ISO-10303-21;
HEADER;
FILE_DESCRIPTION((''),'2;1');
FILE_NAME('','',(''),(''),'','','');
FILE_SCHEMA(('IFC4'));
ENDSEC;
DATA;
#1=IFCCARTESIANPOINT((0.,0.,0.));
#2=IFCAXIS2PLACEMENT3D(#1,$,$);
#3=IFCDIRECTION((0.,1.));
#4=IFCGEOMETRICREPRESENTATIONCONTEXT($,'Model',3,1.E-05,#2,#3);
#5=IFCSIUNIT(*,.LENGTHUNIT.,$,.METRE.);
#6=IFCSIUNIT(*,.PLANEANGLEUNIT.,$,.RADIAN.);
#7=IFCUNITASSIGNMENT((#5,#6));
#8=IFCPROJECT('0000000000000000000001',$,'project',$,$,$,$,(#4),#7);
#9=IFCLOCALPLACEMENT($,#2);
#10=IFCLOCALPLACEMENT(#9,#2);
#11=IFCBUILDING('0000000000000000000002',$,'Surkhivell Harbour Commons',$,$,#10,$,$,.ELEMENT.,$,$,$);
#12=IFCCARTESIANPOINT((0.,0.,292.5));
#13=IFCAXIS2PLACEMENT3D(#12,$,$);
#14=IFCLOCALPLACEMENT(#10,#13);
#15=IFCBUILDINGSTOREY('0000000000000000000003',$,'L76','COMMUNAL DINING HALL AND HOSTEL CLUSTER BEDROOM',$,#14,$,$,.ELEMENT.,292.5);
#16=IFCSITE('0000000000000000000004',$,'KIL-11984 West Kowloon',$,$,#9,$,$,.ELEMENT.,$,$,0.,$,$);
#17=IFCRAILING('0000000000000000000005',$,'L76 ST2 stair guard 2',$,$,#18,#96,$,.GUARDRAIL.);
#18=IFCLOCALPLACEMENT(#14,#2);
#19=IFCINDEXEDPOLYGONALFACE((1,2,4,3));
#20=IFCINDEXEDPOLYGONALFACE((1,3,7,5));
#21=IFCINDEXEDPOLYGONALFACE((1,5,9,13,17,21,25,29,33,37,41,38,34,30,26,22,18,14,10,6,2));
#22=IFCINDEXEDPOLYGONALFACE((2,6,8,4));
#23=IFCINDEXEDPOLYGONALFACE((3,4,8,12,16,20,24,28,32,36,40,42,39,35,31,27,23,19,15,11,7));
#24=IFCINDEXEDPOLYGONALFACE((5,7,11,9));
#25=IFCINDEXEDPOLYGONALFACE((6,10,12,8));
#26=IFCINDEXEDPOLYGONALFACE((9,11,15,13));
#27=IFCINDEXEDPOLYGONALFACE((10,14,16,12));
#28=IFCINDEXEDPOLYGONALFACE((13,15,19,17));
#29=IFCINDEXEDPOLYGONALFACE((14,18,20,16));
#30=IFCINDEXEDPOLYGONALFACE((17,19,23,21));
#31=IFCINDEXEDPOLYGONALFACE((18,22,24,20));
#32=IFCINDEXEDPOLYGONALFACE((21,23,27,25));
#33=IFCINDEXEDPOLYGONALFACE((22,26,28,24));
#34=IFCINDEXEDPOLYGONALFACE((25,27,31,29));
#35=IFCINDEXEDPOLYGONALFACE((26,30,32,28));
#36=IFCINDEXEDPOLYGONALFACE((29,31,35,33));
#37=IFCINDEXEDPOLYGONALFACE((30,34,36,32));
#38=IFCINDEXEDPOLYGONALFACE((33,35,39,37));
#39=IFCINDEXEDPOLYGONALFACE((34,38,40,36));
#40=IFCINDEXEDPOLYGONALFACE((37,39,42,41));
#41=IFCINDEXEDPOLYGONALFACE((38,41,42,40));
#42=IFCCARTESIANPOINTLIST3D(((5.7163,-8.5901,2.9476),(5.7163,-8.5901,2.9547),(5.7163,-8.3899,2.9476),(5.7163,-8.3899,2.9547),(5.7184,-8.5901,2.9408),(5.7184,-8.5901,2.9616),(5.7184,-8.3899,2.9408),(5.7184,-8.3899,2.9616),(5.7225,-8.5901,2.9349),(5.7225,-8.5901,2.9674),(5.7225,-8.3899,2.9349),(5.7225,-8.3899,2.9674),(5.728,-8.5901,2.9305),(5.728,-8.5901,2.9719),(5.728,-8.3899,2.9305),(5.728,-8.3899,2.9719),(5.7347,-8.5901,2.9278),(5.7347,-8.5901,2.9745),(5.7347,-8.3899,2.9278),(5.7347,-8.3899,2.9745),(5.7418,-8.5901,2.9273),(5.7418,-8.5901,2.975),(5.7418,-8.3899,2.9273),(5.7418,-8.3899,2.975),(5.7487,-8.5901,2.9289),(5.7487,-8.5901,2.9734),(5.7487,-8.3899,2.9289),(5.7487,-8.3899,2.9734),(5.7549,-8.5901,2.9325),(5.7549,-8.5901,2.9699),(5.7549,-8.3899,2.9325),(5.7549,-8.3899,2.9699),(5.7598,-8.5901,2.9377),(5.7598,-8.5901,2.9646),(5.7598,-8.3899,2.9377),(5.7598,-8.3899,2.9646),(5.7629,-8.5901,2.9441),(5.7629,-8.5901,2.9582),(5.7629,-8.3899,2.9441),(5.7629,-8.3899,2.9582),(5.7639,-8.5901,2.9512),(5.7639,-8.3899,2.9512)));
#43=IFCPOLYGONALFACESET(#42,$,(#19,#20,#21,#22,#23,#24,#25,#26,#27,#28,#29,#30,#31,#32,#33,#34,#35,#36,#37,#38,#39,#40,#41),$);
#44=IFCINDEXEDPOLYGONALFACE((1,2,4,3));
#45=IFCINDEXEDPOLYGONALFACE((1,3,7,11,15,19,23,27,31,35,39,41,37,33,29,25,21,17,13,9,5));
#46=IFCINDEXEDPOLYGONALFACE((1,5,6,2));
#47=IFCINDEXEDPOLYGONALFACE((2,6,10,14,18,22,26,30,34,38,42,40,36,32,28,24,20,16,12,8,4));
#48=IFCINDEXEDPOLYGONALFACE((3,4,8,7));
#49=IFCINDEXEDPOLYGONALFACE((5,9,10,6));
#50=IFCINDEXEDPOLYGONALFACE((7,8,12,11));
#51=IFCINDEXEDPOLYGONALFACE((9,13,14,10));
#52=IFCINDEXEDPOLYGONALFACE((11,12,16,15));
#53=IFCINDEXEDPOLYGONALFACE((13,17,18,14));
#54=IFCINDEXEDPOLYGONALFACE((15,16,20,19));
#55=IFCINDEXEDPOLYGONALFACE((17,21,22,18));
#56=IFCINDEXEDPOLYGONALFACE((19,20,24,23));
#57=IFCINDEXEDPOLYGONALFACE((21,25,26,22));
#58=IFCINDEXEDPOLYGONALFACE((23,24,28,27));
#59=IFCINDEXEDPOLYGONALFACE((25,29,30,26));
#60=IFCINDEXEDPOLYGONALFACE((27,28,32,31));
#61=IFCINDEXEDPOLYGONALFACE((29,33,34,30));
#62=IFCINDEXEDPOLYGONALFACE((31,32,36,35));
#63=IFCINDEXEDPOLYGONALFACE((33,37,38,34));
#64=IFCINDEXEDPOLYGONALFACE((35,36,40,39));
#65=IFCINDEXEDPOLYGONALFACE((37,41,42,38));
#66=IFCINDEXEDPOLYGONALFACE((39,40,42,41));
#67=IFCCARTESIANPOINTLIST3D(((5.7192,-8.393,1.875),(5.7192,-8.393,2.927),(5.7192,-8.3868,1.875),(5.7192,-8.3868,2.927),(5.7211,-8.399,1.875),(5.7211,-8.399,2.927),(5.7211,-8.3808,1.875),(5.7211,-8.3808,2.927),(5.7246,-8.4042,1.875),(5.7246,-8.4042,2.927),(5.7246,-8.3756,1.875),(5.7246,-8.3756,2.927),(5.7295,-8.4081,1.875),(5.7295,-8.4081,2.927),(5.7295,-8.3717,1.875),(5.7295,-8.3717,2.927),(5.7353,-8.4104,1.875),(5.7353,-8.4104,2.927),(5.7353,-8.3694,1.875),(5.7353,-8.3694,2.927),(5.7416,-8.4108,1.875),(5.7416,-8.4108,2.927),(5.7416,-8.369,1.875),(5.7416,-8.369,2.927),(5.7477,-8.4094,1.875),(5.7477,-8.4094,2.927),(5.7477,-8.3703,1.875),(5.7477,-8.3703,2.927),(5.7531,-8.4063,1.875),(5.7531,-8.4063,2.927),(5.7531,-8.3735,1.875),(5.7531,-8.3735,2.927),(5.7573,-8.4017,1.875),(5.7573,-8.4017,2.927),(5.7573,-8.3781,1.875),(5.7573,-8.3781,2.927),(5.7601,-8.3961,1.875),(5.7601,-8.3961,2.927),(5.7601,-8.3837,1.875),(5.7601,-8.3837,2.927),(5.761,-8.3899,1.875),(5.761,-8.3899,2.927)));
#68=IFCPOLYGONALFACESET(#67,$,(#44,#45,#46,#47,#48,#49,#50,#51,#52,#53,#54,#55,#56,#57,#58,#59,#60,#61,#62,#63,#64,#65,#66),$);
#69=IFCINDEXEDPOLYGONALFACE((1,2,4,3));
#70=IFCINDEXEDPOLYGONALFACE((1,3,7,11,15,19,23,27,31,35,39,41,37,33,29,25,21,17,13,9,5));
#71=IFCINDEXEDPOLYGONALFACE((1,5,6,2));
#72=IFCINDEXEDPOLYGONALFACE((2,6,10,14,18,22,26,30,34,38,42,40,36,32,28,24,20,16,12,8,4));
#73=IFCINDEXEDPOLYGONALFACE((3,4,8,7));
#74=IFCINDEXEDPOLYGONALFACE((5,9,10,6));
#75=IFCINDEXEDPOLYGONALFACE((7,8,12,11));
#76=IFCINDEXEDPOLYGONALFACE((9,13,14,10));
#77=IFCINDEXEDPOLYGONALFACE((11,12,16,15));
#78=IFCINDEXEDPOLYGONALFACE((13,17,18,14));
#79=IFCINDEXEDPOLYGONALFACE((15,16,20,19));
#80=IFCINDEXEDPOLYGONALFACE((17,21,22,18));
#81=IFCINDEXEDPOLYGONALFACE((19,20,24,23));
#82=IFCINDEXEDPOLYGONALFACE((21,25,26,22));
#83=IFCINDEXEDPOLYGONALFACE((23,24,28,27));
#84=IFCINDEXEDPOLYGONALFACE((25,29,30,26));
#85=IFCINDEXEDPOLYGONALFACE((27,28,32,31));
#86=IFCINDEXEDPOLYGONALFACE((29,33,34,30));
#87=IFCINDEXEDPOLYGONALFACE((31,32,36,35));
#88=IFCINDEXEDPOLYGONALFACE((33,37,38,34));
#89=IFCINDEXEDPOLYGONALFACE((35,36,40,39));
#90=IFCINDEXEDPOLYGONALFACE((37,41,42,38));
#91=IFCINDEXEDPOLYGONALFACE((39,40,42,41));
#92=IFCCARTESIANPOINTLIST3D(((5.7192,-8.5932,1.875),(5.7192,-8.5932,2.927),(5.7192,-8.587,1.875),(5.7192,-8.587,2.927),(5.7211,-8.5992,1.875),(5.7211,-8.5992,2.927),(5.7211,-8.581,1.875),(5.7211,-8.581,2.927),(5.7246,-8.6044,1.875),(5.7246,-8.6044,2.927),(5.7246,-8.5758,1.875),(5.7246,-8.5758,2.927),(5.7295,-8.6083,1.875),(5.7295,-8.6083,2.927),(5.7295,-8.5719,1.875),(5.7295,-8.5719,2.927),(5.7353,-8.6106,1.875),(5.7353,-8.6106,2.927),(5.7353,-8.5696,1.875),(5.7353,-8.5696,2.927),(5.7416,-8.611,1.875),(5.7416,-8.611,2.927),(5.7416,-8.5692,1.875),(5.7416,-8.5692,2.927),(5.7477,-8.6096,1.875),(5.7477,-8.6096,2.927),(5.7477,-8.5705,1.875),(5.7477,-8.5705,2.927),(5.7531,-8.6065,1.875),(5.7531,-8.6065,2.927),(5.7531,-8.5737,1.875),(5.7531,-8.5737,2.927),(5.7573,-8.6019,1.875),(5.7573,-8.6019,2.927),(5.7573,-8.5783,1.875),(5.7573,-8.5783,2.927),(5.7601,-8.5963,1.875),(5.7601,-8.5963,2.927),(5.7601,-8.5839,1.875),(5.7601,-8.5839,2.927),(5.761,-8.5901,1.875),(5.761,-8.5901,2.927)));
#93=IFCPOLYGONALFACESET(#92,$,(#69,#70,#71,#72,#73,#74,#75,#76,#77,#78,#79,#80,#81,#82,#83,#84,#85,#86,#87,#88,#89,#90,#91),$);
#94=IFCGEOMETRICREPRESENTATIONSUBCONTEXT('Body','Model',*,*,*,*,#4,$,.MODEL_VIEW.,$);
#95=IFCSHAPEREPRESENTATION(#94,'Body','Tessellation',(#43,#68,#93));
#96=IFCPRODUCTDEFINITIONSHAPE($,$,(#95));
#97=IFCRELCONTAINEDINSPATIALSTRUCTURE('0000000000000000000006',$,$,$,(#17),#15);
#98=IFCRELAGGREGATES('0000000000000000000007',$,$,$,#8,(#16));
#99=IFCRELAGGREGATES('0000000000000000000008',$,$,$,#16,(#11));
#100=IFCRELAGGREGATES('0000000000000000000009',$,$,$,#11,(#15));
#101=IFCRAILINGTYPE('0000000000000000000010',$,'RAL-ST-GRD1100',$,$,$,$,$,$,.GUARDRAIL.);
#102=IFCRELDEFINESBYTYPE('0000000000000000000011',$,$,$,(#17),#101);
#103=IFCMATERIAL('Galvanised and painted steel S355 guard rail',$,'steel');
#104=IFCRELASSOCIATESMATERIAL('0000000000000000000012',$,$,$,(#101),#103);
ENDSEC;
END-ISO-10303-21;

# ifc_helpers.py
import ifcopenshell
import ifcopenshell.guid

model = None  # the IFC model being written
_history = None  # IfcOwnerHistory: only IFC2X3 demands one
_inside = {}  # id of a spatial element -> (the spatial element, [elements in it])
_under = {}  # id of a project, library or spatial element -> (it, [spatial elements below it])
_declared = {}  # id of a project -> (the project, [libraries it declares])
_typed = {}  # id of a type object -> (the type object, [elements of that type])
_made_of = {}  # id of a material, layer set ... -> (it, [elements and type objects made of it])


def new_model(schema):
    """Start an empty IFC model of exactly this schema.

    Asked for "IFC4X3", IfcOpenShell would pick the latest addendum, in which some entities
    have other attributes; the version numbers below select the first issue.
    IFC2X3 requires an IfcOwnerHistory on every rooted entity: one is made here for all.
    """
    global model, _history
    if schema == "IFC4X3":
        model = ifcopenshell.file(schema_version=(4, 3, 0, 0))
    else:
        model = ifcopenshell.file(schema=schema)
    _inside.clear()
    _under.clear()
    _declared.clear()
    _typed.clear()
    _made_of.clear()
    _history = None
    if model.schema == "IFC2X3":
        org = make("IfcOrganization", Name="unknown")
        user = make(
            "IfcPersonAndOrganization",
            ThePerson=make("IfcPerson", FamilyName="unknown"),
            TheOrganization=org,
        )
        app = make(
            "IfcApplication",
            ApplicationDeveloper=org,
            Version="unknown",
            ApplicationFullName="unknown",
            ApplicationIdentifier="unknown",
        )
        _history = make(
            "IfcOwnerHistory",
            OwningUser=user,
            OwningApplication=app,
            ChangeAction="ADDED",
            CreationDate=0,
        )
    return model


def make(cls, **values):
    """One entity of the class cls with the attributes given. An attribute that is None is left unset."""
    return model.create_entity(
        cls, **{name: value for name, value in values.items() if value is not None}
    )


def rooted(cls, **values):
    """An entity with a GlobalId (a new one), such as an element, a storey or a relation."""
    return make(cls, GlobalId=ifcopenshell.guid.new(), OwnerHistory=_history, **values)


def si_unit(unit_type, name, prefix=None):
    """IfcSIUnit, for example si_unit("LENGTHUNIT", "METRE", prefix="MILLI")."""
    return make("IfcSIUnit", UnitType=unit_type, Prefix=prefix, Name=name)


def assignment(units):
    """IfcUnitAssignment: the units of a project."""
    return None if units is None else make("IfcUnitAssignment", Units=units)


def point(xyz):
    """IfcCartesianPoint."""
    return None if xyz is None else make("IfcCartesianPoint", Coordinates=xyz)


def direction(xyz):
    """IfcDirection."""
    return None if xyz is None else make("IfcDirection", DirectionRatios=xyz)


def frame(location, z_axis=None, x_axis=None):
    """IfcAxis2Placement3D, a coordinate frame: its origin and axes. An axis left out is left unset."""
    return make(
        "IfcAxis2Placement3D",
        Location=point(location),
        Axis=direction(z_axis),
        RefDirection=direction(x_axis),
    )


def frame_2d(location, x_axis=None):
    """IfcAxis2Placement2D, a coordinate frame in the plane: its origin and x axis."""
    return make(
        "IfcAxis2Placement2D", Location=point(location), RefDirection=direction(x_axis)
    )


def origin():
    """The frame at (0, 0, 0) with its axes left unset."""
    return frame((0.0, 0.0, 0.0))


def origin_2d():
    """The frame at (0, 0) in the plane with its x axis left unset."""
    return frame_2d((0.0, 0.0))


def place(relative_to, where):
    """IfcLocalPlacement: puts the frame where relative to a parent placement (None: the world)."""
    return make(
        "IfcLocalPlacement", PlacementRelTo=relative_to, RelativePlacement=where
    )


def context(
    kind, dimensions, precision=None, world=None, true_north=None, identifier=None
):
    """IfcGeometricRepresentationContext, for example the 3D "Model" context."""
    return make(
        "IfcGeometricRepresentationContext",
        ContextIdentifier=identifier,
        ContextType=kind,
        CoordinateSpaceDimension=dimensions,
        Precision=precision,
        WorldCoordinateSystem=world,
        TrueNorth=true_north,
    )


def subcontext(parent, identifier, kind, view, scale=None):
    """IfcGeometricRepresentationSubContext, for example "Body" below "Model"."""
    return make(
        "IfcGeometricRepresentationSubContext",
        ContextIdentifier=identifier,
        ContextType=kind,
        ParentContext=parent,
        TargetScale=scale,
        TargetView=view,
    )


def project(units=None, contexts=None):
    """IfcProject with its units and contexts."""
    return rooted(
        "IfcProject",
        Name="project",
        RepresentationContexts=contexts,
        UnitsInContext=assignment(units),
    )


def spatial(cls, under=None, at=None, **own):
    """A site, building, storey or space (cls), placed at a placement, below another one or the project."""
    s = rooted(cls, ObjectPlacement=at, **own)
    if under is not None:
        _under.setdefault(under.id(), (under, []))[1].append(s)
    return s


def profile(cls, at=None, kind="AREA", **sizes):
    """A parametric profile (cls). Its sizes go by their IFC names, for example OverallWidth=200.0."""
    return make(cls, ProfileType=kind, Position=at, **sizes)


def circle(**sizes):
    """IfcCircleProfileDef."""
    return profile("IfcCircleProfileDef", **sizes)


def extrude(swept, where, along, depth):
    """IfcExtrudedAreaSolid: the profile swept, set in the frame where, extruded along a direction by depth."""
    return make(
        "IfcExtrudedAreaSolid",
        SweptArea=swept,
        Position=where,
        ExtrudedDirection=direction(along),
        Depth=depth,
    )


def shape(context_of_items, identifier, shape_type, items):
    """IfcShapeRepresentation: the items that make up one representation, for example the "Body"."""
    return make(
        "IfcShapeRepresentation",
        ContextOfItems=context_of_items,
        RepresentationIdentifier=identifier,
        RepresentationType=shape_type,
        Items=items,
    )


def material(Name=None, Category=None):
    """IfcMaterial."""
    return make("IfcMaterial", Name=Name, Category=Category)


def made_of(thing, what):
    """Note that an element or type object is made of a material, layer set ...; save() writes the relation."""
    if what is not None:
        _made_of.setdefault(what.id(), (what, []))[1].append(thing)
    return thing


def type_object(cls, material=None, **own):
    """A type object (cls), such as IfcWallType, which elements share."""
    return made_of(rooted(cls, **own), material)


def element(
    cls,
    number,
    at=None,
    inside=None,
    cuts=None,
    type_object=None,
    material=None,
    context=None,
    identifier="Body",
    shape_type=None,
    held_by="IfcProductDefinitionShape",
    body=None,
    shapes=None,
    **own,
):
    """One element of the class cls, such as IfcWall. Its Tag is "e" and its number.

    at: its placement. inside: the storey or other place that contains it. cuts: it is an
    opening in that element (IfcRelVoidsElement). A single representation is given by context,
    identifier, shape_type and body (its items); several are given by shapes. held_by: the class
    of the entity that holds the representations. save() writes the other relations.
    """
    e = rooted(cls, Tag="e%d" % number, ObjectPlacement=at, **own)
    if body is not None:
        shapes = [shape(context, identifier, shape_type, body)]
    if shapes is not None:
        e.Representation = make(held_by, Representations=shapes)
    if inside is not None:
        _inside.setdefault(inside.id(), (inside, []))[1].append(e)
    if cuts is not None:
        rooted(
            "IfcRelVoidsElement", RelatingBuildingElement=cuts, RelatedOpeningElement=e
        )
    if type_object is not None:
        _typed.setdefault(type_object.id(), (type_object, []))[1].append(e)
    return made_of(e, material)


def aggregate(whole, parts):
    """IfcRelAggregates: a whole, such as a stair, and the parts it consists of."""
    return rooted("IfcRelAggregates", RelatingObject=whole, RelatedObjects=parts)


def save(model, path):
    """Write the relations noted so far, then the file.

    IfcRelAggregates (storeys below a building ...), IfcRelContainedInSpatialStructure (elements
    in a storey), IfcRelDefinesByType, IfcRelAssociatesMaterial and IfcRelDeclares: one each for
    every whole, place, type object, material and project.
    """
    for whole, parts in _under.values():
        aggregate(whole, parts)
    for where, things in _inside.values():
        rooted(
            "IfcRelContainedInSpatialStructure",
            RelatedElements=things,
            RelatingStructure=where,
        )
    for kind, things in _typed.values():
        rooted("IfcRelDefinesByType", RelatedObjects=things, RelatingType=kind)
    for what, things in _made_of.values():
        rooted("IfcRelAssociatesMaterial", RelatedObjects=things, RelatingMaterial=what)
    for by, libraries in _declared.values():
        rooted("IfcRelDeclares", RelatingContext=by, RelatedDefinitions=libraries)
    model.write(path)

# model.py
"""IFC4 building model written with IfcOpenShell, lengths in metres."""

from ifc_helpers import new_model, si_unit, direction, frame, origin, origin_2d, place, context, subcontext, project, spatial, circle, extrude, material, type_object, element, save


model = new_model("IFC4")

# Units and contexts
model_context = context("Model", 3, precision=1e-05, world=origin(), true_north=direction((0.0, 1.0)))
body_context = subcontext(model_context, "Body", "Model", "MODEL_VIEW")
ifc_project = project(units=[si_unit("LENGTHUNIT", "METRE"), si_unit("PLANEANGLEUNIT", "RADIAN")], contexts=[model_context])

# Site, building, storey
site_placement = place(None, origin())
site = spatial("IfcSite", under=ifc_project, at=site_placement, Name="KIL-11984 West Kowloon", CompositionType="ELEMENT", RefElevation=0.0)
building_placement = place(site_placement, origin())
building = spatial("IfcBuilding", under=site, at=building_placement, Name="Surkhivell Harbour Commons", CompositionType="ELEMENT")
storey_placement = place(building_placement, frame((0.0, 0.0, 292.5)))
storey = spatial("IfcBuildingStorey", under=building, at=storey_placement, Name="L76", Description="COMMUNAL DINING HALL AND HOSTEL CLUSTER BEDROOM", CompositionType="ELEMENT", Elevation=292.5)

# Railing
ifc_material_1 = material(Name="Galvanised and painted steel S355 guard rail", Category="steel")
railing_type_1 = type_object("IfcRailingType", Name="RAL-ST-GRD1100", PredefinedType="GUARDRAIL", material=ifc_material_1)
railing_1_placement = place(storey_placement, frame((5.74, -8.3899, 1.875)))
element("IfcRailing", 1, at=railing_1_placement, inside=storey, type_object=railing_type_1, Name="L76 ST2 stair guard 2", PredefinedType="GUARDRAIL", context=body_context, shape_type="SweptSolid", body=[
    extrude(circle(Radius=0.0239, at=origin_2d()), frame((0.0, 0.0, 1.0762), z_axis=(0.0, -1.0, 0.0), x_axis=(1.0, 0.0, 0.0)), (0.0, 0.0, 1.0), 0.2002),
    extrude(circle(Radius=0.021, at=origin_2d()), origin(), (0.0, 0.0, 1.0), 1.052),
    extrude(circle(Radius=0.021, at=origin_2d()), frame((0.0, -0.2002, 0.0)), (0.0, 0.0, 1.0), 1.052),
])

save(model, "model.ifc")
